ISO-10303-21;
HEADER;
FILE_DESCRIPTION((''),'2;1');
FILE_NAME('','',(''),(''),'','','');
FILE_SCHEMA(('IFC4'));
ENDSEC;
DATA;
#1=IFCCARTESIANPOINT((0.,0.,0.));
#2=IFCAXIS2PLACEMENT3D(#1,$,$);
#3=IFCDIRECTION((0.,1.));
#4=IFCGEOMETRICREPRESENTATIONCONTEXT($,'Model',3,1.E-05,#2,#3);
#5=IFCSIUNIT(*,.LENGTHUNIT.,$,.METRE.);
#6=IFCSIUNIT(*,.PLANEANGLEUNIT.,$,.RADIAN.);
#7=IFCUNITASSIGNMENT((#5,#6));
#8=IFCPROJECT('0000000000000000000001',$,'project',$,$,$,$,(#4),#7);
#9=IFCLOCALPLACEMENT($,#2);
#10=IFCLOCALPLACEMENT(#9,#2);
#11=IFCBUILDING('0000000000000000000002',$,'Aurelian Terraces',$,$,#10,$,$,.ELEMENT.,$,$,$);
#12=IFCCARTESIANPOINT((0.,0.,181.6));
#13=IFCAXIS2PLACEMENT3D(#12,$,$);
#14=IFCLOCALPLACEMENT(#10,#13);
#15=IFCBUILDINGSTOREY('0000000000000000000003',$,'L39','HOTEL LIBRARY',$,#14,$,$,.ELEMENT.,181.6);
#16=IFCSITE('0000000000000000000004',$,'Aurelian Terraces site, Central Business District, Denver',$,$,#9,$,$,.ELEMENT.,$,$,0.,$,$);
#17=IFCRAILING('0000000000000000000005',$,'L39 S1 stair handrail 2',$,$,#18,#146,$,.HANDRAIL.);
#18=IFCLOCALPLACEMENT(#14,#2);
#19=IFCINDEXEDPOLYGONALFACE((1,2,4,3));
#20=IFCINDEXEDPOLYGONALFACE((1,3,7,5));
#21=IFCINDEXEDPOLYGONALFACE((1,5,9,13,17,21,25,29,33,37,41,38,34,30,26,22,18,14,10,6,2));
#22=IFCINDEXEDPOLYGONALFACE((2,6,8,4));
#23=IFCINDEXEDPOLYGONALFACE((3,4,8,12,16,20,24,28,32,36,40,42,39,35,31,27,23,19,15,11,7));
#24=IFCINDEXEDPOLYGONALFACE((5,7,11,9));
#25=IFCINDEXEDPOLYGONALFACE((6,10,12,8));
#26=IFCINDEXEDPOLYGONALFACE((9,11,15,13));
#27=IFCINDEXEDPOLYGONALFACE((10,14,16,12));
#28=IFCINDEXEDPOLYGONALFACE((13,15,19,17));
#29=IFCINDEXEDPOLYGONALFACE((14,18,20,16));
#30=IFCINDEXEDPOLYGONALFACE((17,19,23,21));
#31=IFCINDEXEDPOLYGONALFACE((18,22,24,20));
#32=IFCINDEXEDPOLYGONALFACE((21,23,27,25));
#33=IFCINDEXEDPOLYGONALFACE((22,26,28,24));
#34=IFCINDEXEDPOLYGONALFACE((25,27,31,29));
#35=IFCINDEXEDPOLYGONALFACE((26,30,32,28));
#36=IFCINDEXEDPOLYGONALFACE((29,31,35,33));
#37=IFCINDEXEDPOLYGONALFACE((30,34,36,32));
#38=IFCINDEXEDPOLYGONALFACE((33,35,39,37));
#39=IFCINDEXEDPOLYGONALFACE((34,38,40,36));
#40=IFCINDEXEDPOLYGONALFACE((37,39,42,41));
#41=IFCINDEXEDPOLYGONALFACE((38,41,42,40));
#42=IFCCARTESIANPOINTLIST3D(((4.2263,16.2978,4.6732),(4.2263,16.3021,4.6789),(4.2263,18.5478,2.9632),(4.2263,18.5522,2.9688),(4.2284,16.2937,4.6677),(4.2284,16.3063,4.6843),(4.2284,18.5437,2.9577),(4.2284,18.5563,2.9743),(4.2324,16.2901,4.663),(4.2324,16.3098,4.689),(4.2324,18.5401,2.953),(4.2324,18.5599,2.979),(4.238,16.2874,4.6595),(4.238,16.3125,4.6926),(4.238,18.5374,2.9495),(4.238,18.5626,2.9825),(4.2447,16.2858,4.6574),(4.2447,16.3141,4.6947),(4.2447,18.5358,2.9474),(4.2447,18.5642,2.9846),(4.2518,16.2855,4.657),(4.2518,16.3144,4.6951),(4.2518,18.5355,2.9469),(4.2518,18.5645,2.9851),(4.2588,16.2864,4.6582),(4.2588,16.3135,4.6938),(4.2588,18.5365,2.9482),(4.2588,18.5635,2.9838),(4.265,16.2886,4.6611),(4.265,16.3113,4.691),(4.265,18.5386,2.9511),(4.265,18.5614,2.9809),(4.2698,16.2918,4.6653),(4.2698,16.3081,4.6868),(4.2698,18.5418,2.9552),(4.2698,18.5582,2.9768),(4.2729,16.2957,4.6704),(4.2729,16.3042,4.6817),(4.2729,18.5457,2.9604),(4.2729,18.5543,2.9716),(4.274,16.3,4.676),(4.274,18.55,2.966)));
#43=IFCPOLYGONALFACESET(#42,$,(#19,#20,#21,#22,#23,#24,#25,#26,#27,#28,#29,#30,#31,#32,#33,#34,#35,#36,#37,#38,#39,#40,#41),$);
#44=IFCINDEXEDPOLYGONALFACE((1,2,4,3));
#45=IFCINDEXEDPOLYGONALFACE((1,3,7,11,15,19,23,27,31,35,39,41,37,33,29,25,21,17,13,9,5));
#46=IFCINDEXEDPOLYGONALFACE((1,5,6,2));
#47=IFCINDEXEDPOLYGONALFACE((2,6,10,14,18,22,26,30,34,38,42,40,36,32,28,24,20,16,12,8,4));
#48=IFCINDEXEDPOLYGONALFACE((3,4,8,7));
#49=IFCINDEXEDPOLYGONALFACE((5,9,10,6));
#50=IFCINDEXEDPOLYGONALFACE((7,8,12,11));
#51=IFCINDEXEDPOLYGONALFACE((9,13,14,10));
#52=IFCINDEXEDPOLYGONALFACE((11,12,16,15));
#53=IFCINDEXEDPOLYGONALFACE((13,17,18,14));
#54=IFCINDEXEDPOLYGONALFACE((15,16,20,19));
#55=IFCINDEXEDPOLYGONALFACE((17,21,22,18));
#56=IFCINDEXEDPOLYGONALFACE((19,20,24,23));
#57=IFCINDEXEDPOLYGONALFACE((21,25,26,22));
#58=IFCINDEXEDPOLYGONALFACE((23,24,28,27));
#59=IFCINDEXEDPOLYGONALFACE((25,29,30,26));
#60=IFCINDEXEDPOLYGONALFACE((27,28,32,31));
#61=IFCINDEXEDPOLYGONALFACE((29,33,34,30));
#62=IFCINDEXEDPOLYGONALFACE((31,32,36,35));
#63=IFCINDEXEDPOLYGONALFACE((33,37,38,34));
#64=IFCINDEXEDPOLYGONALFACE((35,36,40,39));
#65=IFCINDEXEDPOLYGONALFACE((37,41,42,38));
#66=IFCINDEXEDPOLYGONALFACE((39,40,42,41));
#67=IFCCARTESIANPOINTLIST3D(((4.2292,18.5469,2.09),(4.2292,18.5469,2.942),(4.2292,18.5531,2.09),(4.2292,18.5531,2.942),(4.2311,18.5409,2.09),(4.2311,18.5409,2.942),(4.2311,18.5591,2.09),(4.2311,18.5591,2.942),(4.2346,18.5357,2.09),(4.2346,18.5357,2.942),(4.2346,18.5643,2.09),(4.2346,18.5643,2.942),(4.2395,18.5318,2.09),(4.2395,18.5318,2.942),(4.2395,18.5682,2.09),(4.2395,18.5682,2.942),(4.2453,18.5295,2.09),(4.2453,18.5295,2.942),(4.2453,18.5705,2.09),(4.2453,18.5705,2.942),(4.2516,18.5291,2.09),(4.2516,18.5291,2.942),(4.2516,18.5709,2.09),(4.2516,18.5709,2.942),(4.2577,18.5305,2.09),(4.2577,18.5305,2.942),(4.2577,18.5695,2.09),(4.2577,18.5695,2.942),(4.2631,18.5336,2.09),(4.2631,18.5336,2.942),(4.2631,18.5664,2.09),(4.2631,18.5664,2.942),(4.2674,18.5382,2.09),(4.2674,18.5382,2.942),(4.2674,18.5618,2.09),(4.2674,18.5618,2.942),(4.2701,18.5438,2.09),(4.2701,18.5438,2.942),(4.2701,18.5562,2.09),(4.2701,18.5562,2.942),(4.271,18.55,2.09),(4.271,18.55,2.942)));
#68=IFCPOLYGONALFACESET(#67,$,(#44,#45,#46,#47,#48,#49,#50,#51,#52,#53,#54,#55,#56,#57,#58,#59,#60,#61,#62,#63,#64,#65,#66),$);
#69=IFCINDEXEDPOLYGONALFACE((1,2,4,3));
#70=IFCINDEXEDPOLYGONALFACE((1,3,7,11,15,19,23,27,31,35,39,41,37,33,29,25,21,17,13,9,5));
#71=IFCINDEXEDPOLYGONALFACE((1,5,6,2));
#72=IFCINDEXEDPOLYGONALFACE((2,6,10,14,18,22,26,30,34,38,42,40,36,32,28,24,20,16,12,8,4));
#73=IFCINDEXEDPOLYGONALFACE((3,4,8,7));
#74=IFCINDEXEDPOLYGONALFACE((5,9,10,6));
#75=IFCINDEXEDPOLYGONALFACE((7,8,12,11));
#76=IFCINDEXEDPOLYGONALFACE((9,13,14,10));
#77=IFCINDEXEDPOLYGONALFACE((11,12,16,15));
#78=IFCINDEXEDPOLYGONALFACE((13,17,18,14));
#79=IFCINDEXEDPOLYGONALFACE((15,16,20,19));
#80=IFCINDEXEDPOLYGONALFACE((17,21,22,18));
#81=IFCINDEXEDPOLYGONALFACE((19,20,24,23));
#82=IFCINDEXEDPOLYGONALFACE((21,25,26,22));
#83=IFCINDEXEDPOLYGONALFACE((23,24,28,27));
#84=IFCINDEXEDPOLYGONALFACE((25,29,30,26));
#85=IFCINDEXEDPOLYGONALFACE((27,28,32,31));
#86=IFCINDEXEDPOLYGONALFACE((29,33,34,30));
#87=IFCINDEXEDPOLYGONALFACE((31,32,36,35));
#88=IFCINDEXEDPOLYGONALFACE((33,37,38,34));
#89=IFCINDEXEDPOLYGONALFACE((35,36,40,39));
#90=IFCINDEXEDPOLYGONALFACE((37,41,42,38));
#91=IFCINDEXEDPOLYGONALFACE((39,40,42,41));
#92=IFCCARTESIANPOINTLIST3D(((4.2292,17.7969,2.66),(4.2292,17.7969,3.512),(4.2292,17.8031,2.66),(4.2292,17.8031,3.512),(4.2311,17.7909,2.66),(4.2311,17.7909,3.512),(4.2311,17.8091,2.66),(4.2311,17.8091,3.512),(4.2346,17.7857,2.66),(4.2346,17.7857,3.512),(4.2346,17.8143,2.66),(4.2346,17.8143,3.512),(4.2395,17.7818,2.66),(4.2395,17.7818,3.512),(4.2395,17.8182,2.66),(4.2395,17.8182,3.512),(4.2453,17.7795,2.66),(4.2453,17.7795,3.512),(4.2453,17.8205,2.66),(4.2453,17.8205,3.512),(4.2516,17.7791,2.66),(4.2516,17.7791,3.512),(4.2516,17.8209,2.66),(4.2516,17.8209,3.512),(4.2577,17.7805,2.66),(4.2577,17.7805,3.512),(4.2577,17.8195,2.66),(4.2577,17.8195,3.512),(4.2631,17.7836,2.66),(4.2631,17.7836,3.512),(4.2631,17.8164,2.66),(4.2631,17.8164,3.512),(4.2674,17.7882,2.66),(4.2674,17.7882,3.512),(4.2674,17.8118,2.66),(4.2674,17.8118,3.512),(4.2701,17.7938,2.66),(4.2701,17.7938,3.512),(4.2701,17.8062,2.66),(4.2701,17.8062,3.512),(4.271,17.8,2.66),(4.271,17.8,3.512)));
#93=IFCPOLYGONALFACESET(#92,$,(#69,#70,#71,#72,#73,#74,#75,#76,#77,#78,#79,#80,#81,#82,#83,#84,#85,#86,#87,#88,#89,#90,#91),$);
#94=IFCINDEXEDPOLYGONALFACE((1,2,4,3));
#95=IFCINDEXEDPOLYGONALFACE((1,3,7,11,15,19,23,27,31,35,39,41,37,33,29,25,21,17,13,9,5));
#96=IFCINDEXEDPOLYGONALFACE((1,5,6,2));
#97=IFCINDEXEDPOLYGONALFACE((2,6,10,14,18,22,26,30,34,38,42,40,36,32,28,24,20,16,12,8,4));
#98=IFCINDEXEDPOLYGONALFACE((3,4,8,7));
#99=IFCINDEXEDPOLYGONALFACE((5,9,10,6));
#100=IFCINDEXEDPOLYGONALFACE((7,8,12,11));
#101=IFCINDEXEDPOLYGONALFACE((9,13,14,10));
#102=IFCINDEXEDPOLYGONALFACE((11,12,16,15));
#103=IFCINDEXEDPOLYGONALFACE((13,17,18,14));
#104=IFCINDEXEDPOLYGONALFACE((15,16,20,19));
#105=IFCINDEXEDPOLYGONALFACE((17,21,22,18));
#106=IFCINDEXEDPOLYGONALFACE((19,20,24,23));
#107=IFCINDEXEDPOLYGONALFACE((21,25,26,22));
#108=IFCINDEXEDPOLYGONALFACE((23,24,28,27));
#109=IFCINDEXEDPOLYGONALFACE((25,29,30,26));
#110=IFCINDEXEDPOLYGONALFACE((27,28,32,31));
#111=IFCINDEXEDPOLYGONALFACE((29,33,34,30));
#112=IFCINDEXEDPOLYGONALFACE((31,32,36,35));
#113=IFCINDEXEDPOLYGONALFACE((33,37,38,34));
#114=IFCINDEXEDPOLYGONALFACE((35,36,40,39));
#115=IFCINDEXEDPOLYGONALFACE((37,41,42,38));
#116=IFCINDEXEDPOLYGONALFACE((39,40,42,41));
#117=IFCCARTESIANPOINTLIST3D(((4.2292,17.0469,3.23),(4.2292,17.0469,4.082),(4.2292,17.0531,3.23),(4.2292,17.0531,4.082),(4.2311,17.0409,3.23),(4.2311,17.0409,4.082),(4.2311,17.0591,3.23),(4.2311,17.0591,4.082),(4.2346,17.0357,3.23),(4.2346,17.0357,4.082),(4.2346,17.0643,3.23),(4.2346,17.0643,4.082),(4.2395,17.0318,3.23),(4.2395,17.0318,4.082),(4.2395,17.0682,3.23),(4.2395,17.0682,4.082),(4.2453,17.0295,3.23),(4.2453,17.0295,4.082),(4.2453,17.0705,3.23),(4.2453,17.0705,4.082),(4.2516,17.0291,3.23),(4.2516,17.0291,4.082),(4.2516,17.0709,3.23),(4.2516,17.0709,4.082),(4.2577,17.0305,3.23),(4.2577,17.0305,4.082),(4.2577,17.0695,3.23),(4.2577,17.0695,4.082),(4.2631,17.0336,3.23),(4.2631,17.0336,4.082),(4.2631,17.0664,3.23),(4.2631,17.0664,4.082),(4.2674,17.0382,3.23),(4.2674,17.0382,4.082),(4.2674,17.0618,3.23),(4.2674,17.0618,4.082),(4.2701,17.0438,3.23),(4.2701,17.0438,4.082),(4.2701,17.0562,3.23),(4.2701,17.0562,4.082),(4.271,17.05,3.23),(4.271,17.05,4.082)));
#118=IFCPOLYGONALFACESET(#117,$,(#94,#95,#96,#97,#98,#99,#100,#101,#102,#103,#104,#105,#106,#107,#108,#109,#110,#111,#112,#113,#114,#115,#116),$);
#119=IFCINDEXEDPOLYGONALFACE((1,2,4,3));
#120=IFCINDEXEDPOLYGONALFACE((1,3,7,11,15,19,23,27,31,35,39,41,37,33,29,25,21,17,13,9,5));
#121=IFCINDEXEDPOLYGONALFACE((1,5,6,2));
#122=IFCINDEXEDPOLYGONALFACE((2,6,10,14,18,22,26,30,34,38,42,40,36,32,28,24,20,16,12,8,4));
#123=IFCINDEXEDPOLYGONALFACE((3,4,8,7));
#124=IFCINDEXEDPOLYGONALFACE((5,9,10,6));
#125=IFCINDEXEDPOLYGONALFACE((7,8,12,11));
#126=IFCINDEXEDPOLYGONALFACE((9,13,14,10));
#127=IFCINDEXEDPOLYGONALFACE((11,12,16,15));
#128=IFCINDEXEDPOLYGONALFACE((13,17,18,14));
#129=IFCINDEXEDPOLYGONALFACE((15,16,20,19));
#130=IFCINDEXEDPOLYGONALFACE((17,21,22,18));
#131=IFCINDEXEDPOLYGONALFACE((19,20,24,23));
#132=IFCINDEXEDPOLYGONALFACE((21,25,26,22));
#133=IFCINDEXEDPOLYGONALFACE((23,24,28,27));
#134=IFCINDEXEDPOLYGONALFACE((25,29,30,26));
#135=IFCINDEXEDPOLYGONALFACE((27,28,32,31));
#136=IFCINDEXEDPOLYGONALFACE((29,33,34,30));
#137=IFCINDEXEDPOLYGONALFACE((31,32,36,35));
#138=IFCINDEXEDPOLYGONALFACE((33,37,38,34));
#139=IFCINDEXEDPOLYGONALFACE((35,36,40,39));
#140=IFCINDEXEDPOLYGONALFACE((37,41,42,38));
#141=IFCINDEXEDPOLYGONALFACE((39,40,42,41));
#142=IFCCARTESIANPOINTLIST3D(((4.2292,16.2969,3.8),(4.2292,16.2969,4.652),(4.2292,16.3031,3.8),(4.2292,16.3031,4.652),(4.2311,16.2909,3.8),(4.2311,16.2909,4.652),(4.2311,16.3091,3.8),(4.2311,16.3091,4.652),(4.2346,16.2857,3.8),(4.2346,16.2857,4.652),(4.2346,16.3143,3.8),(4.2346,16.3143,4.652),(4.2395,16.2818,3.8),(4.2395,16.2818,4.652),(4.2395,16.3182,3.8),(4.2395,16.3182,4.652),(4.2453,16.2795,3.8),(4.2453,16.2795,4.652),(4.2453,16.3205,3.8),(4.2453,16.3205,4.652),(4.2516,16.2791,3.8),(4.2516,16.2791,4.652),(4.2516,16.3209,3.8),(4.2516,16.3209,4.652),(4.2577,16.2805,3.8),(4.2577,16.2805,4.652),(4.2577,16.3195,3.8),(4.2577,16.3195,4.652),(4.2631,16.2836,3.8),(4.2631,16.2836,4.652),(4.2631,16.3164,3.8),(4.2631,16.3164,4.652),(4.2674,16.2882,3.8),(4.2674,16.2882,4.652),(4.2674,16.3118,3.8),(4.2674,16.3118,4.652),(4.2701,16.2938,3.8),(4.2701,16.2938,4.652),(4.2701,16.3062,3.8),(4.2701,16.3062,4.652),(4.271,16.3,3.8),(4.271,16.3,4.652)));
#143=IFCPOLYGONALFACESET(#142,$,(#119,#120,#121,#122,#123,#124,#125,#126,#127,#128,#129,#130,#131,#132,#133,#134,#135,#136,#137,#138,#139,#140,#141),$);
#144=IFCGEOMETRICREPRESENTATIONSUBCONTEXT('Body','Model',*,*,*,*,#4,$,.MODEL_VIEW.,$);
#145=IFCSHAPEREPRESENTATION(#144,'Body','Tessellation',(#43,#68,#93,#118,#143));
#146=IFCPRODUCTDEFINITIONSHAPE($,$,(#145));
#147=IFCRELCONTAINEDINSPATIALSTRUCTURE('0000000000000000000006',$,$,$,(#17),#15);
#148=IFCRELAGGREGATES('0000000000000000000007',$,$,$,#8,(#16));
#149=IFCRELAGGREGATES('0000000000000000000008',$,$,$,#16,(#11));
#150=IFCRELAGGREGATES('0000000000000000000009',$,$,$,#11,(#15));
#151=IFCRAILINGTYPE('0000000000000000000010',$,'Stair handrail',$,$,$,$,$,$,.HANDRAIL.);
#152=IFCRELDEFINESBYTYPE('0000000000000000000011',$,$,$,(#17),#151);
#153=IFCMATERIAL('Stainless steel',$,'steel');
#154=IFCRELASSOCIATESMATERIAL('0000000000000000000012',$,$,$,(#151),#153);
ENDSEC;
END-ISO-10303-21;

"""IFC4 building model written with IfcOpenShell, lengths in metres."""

from ifc_helpers import new_model, si_unit, direction, frame, origin, origin_2d, place, context, subcontext, project, spatial, circle, extrude, source, transform, mapped, material, type_object, element, save


model = new_model("IFC4")

# Units and contexts
model_context = context("Model", 3, precision=1e-05, world=origin(), true_north=direction((0.0, 1.0)))
body_context = subcontext(model_context, "Body", "Model", "MODEL_VIEW")
ifc_project = project(units=[si_unit("LENGTHUNIT", "METRE"), si_unit("PLANEANGLEUNIT", "RADIAN")], contexts=[model_context])

# Site, building, storey
site_placement = place(None, origin())
site = spatial("IfcSite", under=ifc_project, at=site_placement, Name="Aurelian Terraces site, Central Business District, Denver", CompositionType="ELEMENT", RefElevation=0.0)
building_placement = place(site_placement, origin())
building = spatial("IfcBuilding", under=site, at=building_placement, Name="Aurelian Terraces", CompositionType="ELEMENT")
storey_placement = place(building_placement, frame((0.0, 0.0, 181.6)))
storey = spatial("IfcBuildingStorey", under=building, at=storey_placement, Name="L39", Description="HOTEL LIBRARY", CompositionType="ELEMENT", Elevation=181.6)

# Shared definitions
ifc_material_1 = material(Name="Stainless steel", Category="steel")

# Railing
railing_type_1 = type_object("IfcRailingType", Name="Stair handrail", PredefinedType="HANDRAIL", material=ifc_material_1)
shared_shape_1 = source(origin(), body_context, "Body", "SweptSolid", [
    extrude(circle(Radius=0.024, at=origin_2d()), frame((0.0, 0.0, 0.876), z_axis=(0.0, -0.796162, 0.605083), x_axis=(1.0, 0.0, 0.0)), (0.0, 0.0, 1.0), 2.8261),
    extrude(circle(Radius=0.021, at=origin_2d()), origin(), (0.0, 0.0, 1.0), 0.852),
    extrude(circle(Radius=0.021, at=origin_2d()), frame((0.0, -0.75, 0.57)), (0.0, 0.0, 1.0), 0.852),
    extrude(circle(Radius=0.021, at=origin_2d()), frame((0.0, -1.5, 1.14)), (0.0, 0.0, 1.0), 0.852),
    extrude(circle(Radius=0.021, at=origin_2d()), frame((0.0, -2.25, 1.71)), (0.0, 0.0, 1.0), 0.852),
])
railing_1_placement = place(storey_placement, frame((4.25, 18.55, 2.09)))
element("IfcRailing", 1, at=railing_1_placement, inside=storey, type_object=railing_type_1, Name="L39 S1 stair handrail 2", PredefinedType="HANDRAIL", context=body_context, shape_type="MappedRepresentation", body=[
    mapped(shared_shape_1, transform((0.0, 0.0, 0.0), scale=1.0)),
])

save(model, "model.ifc")
